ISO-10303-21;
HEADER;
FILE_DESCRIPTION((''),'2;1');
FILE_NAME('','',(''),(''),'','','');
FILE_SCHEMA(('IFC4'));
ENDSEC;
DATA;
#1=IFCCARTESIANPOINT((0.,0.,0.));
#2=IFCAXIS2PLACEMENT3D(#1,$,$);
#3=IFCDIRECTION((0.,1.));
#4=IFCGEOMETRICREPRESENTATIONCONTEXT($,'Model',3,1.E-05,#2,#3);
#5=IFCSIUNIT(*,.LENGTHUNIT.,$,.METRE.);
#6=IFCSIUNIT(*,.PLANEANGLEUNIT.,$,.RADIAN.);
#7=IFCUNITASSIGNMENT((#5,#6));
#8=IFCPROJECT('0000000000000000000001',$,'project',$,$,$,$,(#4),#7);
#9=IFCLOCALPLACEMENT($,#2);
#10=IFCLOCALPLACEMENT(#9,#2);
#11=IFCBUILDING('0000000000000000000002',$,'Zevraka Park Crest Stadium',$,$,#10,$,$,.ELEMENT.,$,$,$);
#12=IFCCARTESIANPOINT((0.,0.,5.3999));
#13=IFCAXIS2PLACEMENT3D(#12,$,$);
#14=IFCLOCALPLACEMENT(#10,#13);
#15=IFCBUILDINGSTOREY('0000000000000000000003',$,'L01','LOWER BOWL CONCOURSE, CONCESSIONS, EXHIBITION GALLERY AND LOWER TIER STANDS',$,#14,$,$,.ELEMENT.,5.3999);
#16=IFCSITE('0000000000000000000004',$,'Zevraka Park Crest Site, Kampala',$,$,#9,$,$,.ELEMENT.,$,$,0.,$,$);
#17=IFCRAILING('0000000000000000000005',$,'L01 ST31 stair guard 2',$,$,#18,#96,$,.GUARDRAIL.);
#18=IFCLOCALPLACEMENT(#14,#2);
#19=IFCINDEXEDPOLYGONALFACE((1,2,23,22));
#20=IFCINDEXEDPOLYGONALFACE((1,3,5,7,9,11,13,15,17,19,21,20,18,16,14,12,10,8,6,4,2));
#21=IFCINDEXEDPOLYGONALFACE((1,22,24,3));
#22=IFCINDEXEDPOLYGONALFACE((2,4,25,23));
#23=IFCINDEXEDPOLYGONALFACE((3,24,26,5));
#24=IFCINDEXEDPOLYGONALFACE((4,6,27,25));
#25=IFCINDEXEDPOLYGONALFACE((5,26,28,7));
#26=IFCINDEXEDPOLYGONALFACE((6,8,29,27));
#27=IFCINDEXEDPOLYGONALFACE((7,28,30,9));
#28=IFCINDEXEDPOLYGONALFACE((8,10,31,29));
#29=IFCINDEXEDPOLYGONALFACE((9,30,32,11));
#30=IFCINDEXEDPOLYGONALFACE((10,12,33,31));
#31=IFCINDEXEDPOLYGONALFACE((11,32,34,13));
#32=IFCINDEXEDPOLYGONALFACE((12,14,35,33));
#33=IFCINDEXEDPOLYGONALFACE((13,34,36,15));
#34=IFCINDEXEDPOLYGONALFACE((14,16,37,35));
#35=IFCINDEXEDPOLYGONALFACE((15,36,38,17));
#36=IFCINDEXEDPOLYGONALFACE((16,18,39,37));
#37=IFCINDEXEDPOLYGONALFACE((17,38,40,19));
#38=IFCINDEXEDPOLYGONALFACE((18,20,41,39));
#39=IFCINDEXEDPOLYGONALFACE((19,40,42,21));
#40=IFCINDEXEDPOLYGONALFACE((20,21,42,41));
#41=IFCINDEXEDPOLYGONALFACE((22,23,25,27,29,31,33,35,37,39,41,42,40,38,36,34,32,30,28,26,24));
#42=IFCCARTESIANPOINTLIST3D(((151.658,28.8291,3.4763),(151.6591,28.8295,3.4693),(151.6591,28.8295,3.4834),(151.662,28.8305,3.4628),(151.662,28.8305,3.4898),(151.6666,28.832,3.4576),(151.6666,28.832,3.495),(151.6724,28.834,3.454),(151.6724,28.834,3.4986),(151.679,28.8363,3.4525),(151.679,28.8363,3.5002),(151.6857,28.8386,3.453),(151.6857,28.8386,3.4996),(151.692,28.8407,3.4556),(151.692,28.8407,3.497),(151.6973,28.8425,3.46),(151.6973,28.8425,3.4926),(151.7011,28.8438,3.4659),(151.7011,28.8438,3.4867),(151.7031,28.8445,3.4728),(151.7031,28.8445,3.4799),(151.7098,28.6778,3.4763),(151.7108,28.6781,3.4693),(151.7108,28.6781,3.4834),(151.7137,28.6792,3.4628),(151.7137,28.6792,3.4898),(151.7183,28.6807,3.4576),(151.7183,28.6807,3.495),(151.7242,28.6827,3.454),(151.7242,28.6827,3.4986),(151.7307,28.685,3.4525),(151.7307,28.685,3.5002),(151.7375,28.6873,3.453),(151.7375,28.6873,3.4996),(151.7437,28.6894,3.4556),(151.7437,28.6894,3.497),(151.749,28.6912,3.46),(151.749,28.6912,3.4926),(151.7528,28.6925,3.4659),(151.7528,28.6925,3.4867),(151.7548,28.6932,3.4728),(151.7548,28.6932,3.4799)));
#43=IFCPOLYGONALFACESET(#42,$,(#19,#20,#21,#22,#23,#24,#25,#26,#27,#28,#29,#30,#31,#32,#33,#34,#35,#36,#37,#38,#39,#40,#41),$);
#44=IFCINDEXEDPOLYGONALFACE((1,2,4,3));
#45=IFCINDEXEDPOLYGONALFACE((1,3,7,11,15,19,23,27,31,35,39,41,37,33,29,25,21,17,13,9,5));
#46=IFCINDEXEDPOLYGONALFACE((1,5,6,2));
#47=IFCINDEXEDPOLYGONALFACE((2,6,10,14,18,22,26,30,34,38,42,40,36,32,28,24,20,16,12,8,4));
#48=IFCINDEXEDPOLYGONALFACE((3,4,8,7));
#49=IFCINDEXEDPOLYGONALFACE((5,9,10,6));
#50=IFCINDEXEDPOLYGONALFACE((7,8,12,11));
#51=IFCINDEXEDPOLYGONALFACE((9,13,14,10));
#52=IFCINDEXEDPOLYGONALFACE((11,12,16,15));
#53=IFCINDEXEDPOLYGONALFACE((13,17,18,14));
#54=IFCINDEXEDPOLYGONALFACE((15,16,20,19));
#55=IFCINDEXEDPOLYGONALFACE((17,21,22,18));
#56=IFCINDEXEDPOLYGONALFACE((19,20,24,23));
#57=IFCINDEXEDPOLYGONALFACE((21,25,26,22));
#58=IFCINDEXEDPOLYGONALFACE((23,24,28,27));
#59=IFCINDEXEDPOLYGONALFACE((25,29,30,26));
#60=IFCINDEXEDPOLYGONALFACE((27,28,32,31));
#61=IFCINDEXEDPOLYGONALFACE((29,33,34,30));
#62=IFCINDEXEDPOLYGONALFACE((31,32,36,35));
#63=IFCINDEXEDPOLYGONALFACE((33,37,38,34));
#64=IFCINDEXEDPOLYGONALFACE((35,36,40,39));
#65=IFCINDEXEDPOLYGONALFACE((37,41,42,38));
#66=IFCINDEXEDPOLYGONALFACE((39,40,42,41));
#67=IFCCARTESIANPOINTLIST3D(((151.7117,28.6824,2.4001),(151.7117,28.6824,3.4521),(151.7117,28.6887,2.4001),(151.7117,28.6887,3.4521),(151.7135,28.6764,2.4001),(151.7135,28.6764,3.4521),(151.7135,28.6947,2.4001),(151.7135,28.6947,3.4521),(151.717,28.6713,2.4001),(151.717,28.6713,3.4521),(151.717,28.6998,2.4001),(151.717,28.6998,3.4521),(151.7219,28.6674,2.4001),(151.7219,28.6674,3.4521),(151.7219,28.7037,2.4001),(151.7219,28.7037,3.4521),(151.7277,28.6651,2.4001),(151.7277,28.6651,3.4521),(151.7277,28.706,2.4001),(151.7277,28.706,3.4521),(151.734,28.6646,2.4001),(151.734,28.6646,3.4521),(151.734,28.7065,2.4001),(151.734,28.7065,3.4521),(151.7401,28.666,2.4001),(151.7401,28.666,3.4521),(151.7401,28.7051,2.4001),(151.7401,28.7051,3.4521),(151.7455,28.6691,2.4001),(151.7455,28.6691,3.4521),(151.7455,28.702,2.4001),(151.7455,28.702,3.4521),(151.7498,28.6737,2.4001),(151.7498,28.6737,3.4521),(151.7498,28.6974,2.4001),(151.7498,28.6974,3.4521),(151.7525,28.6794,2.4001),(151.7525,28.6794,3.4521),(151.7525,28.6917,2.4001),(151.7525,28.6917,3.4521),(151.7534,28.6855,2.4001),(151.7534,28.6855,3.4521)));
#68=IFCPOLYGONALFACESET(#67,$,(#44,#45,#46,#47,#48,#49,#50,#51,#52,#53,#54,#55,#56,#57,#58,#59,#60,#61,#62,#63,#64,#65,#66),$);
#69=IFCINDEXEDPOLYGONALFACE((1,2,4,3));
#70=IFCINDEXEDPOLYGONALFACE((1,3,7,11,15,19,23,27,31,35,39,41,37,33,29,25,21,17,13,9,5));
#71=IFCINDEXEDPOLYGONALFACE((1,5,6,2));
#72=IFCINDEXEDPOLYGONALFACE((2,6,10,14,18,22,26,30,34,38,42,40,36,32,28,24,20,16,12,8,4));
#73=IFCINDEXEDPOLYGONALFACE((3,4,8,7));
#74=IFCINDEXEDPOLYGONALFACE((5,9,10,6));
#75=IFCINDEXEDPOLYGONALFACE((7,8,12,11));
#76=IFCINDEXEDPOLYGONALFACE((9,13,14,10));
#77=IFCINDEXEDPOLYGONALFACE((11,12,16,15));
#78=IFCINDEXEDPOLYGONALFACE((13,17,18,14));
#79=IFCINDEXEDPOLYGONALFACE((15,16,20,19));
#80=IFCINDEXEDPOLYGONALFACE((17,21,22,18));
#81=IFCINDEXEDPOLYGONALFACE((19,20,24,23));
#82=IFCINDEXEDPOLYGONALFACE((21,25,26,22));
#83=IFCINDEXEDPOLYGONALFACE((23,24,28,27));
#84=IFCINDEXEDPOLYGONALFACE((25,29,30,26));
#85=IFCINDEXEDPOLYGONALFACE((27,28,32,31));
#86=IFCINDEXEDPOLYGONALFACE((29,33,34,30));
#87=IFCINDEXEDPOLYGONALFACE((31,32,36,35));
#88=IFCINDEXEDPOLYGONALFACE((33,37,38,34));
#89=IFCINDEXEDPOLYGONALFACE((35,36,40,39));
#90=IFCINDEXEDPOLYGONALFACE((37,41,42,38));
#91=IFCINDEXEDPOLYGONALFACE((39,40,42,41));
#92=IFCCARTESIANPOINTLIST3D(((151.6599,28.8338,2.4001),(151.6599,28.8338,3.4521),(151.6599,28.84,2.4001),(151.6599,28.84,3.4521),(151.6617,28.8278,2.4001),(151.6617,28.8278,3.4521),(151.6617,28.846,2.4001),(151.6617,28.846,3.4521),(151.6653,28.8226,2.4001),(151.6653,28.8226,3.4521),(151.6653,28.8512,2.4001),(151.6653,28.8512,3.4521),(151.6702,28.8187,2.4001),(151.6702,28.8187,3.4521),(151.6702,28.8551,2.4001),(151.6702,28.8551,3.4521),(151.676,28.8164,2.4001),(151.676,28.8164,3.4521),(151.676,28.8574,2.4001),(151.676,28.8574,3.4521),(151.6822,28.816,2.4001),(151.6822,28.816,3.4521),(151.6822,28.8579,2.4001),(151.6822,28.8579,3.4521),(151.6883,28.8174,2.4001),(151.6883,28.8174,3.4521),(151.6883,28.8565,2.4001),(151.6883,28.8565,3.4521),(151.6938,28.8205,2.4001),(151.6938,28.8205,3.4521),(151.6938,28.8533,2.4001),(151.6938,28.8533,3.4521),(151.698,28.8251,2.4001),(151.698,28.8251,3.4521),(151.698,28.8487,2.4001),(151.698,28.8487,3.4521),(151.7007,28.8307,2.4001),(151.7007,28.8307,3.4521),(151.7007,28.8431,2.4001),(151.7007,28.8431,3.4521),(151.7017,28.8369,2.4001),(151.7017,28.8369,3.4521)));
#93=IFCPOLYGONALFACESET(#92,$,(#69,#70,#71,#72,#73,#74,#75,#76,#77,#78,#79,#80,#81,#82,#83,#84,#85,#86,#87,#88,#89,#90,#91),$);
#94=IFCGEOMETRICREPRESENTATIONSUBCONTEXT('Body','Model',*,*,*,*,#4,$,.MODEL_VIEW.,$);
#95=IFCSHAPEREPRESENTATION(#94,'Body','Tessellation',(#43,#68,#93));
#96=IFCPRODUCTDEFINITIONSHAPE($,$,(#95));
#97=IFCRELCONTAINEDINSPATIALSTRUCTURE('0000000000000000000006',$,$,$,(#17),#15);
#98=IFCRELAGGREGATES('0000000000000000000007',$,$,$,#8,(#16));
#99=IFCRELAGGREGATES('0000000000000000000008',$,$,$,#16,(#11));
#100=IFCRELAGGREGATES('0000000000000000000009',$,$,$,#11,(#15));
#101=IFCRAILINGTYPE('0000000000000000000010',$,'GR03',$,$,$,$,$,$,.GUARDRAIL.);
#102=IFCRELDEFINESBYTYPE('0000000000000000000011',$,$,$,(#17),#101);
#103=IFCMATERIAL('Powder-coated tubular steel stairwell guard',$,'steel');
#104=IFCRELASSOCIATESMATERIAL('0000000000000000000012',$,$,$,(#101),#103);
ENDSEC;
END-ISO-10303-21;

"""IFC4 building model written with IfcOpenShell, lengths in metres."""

from ifc_helpers import new_model, si_unit, direction, frame, origin, origin_2d, place, context, subcontext, project, spatial, circle, extrude, material, type_object, element, save


model = new_model("IFC4")

# Units and contexts
model_context = context("Model", 3, precision=1e-05, world=origin(), true_north=direction((0.0, 1.0)))
body_context = subcontext(model_context, "Body", "Model", "MODEL_VIEW")
ifc_project = project(units=[si_unit("LENGTHUNIT", "METRE"), si_unit("PLANEANGLEUNIT", "RADIAN")], contexts=[model_context])

# Site, building, storey
site_placement = place(None, origin())
site = spatial("IfcSite", under=ifc_project, at=site_placement, Name="Zevraka Park Crest Site, Kampala", CompositionType="ELEMENT", RefElevation=0.0)
building_placement = place(site_placement, origin())
building = spatial("IfcBuilding", under=site, at=building_placement, Name="Zevraka Park Crest Stadium", CompositionType="ELEMENT")
storey_placement = place(building_placement, frame((0.0, 0.0, 5.3999)))
storey = spatial("IfcBuildingStorey", under=building, at=storey_placement, Name="L01", Description="LOWER BOWL CONCOURSE, CONCESSIONS, EXHIBITION GALLERY AND LOWER TIER STANDS", CompositionType="ELEMENT", Elevation=5.3999)

# Railing
ifc_material_1 = material(Name="Powder-coated tubular steel stairwell guard", Category="steel")
railing_type_1 = type_object("IfcRailingType", Name="GR03", PredefinedType="GUARDRAIL", material=ifc_material_1)
railing_1_placement = place(storey_placement, frame((151.7324, 28.6855, 2.4001)))
element("IfcRailing", 1, at=railing_1_placement, inside=storey, type_object=railing_type_1, Name="L01 ST31 stair guard 2", PredefinedType="GUARDRAIL", context=body_context, shape_type="SweptSolid", body=[
    extrude(circle(Radius=0.0239, at=origin_2d()), frame((0.0, 0.0, 1.0762), z_axis=(-0.323544, 0.946213, 0.0), x_axis=(-0.946213, -0.323544, 0.0)), (0.0, 0.0, 1.0), 0.1599),
    extrude(circle(Radius=0.021, at=origin_2d()), origin(), (0.0, 0.0, 1.0), 1.052),
    extrude(circle(Radius=0.021, at=origin_2d()), frame((-0.0518, 0.1514, 0.0)), (0.0, 0.0, 1.0), 1.052),
])

save(model, "model.ifc")
